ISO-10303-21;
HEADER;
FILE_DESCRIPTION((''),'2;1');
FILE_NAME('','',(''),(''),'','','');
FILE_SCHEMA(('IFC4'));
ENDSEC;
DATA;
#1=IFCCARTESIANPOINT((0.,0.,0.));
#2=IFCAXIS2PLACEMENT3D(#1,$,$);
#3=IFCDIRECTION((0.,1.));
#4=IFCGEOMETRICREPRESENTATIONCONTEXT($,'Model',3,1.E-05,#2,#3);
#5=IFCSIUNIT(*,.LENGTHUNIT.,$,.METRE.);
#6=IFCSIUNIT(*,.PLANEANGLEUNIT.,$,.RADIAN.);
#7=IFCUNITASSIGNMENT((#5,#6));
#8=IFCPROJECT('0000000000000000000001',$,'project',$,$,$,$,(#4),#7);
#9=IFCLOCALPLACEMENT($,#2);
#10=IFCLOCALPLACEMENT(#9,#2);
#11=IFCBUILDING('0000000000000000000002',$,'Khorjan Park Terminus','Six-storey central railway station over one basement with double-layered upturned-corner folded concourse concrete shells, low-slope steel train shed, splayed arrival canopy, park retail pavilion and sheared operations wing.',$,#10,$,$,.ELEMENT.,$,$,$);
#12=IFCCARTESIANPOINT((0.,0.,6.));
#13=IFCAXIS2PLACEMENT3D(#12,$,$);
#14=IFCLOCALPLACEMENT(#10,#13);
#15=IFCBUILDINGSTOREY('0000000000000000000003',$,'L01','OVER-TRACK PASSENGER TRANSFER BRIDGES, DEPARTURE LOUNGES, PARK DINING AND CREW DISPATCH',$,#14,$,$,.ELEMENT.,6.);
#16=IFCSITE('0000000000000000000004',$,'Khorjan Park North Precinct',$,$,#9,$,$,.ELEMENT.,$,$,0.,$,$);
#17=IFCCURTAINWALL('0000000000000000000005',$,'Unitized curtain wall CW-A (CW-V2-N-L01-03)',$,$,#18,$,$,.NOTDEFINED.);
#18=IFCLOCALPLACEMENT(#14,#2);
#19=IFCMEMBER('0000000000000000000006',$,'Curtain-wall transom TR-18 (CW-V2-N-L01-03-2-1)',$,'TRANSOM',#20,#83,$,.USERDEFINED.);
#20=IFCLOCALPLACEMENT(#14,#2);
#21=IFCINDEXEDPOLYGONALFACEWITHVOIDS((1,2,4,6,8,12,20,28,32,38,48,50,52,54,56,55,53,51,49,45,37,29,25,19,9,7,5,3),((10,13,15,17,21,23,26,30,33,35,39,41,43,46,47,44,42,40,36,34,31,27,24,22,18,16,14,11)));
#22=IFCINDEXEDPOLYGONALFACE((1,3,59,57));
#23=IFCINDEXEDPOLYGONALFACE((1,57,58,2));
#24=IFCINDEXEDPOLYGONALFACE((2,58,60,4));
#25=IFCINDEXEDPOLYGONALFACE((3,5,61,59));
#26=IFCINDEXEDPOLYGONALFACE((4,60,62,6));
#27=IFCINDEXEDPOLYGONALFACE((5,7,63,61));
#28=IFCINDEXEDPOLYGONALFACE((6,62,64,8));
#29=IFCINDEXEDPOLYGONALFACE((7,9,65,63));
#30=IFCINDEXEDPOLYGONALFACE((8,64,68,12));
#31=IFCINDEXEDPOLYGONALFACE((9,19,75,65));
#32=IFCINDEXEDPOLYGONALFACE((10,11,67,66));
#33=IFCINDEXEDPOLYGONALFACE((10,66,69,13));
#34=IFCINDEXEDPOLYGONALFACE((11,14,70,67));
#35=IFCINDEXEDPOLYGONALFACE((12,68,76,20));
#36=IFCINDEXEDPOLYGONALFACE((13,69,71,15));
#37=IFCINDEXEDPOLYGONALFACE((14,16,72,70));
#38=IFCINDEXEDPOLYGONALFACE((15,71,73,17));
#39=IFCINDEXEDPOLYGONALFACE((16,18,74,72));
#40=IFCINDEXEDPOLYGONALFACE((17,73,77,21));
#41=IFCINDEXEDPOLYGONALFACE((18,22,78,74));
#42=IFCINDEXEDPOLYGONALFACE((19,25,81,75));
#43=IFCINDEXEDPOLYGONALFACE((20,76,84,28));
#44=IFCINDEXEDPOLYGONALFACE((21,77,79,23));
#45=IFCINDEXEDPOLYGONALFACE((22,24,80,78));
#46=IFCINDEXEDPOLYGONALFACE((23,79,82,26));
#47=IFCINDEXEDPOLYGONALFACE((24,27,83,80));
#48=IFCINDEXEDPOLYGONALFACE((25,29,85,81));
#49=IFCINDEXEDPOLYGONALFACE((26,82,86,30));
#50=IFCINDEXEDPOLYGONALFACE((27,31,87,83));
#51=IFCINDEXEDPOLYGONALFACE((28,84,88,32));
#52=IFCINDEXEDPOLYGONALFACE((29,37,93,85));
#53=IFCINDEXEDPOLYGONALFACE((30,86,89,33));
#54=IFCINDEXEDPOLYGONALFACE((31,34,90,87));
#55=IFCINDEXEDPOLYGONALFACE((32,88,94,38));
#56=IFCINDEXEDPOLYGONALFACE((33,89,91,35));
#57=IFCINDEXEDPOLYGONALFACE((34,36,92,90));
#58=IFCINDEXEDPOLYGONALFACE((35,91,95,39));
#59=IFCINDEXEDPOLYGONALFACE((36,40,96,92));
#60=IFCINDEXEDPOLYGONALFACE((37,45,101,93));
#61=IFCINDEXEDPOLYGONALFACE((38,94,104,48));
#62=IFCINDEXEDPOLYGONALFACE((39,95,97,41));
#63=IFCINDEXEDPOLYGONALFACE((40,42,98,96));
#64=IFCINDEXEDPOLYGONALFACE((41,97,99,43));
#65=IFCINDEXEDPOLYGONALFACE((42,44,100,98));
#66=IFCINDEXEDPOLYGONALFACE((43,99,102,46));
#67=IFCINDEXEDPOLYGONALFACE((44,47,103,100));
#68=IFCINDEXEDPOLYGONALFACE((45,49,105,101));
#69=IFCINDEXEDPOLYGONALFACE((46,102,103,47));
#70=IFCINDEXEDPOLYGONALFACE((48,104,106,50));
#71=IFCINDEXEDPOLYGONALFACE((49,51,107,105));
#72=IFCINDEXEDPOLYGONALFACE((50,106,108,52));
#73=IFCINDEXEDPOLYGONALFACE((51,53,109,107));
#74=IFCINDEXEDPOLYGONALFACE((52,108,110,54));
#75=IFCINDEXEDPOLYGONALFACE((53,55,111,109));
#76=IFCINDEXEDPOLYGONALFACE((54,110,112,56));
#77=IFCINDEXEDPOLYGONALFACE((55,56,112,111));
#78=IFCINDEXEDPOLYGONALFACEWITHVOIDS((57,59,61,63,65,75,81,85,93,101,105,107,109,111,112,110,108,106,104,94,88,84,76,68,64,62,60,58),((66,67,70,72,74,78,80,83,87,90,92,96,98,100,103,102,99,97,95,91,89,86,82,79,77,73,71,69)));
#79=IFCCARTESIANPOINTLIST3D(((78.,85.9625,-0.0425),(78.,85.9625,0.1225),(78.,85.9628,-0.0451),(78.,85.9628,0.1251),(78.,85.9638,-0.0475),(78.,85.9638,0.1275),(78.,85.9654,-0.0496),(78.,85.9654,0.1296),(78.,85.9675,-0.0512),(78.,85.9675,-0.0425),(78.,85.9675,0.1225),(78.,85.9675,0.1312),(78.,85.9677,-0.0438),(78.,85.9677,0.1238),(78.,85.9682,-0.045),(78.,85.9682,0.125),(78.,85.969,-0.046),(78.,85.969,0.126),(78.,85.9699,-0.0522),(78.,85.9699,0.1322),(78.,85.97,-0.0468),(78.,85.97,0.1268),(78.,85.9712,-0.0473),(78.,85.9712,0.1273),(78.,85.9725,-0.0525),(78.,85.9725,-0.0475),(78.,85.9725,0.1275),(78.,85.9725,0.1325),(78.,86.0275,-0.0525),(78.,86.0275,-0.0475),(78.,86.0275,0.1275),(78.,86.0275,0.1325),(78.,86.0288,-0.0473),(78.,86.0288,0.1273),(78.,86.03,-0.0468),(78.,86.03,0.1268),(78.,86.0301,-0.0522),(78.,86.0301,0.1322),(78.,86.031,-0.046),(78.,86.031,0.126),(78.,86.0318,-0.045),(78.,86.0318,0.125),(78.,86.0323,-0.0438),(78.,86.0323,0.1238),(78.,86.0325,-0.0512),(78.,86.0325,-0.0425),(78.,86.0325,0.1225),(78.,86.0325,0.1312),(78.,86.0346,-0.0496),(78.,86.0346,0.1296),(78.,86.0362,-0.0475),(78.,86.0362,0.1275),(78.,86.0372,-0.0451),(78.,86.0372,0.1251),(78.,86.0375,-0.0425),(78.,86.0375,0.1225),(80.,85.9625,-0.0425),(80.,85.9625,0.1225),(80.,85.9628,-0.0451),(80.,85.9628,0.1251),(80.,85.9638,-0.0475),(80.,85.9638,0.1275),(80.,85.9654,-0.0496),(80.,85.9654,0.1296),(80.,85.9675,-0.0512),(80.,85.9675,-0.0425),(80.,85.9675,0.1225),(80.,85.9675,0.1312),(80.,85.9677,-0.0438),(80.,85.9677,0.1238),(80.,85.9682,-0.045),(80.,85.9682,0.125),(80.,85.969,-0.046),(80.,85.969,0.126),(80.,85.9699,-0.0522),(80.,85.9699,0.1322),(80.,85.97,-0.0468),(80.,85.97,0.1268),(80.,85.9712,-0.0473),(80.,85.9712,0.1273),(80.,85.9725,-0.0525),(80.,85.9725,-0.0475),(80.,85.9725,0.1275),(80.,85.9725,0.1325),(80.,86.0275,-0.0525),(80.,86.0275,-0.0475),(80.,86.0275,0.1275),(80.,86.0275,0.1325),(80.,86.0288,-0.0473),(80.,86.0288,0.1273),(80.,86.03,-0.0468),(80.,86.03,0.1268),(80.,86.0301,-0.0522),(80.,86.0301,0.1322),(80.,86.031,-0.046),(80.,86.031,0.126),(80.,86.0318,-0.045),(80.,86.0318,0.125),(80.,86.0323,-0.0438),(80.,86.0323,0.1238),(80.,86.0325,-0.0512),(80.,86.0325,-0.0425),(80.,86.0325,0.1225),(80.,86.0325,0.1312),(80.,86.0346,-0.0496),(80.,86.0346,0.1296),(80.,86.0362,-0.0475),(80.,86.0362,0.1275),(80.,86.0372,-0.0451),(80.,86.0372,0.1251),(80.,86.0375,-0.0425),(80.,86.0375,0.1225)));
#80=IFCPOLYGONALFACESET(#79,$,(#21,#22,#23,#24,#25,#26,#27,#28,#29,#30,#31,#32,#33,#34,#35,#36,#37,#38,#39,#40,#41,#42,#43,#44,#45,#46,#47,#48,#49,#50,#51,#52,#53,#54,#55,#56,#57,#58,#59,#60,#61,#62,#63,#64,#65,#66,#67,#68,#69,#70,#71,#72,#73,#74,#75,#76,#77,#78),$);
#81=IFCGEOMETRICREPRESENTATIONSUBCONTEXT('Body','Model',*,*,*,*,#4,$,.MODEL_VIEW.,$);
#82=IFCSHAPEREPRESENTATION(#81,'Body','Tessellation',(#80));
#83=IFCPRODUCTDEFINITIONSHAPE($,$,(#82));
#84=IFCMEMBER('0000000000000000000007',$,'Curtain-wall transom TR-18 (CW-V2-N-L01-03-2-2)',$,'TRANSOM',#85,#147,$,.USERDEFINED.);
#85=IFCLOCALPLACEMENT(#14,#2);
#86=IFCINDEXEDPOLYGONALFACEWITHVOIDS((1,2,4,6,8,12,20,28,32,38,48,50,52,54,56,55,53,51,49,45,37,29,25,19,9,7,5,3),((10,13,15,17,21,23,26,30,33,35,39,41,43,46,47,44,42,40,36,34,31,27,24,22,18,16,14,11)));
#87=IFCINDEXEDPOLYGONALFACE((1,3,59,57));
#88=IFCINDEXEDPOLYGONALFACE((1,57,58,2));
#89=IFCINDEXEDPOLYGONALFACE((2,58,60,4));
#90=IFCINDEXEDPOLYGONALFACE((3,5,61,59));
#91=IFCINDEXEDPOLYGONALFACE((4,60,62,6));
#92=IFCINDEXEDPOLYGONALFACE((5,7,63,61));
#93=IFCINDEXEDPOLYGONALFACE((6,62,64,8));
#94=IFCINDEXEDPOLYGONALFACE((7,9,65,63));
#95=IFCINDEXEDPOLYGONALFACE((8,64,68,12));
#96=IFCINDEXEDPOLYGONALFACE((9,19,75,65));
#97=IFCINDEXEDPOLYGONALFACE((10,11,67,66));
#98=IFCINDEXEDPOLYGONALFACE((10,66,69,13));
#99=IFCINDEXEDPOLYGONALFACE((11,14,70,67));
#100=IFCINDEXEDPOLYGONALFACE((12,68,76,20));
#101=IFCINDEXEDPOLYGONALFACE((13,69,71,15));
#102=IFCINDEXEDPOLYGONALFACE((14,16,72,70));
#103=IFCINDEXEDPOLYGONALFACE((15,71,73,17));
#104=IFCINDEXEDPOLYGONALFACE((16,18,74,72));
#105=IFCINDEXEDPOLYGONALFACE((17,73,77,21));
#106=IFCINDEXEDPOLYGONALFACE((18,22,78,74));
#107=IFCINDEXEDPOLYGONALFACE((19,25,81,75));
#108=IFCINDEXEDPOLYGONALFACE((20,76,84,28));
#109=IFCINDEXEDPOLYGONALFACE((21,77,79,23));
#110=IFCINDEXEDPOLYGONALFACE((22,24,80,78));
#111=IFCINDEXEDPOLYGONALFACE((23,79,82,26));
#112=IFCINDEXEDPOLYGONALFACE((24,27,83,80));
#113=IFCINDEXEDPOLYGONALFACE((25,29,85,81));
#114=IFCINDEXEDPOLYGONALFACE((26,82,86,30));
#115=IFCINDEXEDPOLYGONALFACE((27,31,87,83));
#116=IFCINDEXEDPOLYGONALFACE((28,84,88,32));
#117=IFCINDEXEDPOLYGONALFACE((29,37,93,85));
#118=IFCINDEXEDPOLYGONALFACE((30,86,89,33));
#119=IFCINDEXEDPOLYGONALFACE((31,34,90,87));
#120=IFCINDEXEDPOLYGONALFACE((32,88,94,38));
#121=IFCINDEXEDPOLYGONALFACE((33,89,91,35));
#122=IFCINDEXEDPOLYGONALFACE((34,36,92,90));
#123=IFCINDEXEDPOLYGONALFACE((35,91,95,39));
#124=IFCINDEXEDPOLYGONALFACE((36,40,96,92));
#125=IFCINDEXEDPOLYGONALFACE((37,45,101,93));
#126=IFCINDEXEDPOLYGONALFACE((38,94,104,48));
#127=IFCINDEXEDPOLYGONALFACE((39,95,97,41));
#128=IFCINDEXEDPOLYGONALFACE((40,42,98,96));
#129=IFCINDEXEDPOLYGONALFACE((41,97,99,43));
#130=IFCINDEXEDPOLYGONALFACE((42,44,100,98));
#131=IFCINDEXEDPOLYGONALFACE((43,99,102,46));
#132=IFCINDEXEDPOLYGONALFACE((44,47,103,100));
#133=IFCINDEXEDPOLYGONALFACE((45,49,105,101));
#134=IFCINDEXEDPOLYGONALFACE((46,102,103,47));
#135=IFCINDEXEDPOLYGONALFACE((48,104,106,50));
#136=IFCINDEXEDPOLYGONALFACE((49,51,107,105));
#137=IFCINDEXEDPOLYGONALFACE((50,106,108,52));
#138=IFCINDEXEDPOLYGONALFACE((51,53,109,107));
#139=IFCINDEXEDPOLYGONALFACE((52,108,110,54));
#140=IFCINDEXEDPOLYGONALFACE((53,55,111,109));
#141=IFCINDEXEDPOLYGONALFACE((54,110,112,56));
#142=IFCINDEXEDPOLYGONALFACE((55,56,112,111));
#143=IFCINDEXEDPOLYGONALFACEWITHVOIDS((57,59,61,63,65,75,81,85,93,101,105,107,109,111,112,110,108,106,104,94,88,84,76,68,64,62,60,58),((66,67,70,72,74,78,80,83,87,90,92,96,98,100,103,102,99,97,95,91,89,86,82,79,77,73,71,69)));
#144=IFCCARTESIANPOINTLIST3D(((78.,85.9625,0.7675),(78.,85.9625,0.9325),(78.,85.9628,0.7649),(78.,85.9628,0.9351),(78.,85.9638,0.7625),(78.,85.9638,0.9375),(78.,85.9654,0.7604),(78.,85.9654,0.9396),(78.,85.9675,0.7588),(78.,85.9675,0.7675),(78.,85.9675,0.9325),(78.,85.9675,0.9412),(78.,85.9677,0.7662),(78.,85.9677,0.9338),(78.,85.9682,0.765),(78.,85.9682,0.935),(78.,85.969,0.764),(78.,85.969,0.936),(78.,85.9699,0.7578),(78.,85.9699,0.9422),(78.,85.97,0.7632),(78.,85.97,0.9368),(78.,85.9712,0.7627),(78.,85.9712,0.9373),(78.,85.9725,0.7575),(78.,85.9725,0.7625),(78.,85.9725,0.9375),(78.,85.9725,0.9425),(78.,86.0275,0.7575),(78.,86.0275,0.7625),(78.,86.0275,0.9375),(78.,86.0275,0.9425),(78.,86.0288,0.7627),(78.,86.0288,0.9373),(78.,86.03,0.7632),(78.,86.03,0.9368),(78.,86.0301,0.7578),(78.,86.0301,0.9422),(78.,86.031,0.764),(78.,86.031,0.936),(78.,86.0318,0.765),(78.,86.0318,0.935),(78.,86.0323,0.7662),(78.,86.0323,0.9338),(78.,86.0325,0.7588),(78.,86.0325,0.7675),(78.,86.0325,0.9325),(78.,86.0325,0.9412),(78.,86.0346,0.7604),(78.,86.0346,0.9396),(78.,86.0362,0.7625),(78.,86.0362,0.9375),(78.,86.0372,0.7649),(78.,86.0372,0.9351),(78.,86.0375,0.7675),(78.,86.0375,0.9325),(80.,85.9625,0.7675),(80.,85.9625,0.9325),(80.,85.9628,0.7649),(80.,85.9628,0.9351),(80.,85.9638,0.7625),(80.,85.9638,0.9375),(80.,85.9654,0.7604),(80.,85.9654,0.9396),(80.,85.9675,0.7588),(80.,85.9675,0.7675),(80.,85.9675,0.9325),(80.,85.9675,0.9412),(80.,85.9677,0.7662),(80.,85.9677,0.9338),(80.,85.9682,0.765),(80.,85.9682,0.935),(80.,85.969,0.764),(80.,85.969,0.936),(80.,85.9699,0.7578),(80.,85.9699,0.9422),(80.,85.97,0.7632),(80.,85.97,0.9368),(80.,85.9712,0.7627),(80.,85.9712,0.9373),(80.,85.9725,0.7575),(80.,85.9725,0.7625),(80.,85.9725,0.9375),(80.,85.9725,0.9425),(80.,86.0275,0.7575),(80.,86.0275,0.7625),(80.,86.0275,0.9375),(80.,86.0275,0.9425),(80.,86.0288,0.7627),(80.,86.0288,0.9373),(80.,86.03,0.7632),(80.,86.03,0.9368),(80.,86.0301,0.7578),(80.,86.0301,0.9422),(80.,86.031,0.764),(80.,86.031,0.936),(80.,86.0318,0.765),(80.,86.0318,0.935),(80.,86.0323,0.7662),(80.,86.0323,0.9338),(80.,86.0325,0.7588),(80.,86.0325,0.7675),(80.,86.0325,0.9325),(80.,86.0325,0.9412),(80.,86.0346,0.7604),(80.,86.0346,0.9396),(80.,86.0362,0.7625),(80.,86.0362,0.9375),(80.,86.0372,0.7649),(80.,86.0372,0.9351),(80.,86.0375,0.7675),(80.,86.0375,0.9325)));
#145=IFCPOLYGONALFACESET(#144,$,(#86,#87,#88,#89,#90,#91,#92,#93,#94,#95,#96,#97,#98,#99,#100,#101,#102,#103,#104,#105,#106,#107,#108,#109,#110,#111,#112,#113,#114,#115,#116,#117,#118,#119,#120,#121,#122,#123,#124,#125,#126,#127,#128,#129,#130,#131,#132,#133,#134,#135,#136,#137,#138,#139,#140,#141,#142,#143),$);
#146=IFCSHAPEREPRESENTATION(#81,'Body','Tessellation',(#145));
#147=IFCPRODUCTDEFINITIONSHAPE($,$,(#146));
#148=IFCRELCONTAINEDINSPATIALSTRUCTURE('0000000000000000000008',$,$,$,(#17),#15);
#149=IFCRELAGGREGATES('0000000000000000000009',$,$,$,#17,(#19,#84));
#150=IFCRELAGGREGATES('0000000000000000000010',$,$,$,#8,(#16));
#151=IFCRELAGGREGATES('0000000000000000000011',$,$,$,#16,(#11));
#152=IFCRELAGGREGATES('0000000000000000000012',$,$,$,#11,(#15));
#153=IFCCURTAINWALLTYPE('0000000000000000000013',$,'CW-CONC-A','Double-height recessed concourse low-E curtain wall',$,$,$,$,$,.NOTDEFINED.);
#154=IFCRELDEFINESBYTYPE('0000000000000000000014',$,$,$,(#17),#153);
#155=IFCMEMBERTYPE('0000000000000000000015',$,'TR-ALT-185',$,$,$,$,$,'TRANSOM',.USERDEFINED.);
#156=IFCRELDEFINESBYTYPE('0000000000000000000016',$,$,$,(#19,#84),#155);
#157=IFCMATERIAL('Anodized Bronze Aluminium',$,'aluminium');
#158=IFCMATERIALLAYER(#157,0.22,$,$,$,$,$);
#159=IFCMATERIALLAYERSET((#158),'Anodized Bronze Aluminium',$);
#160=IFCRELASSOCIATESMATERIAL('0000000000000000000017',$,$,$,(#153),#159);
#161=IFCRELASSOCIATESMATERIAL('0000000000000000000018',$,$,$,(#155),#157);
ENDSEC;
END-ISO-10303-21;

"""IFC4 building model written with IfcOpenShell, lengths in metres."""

from ifc_helpers import new_model, si_unit, direction, frame, origin, origin_2d, place, context, subcontext, project, spatial, hollow_rectangle, extrude, material, layer, layer_set, material_profile, profile_set, type_object, element, aggregate, save


model = new_model("IFC4")

# Units and contexts
model_context = context("Model", 3, precision=1e-05, world=origin(), true_north=direction((0.0, 1.0)))
body_context = subcontext(model_context, "Body", "Model", "MODEL_VIEW")
ifc_project = project(units=[si_unit("LENGTHUNIT", "METRE"), si_unit("PLANEANGLEUNIT", "RADIAN")], contexts=[model_context])

# Site, building, storey
site_placement = place(None, origin())
site = spatial("IfcSite", under=ifc_project, at=site_placement, Name="Khorjan Park North Precinct", CompositionType="ELEMENT", RefElevation=0.0)
building_placement = place(site_placement, origin())
building = spatial("IfcBuilding", under=site, at=building_placement, Name="Khorjan Park Terminus", Description="Six-storey central railway station over one basement with double-layered upturned-corner folded concourse concrete shells, low-slope steel train shed, splayed arrival canopy, park retail pavilion and sheared operations wing.", CompositionType="ELEMENT")
storey_placement = place(building_placement, frame((0.0, 0.0, 6.0)))
storey = spatial("IfcBuildingStorey", under=building, at=storey_placement, Name="L01", Description="OVER-TRACK PASSENGER TRANSFER BRIDGES, DEPARTURE LOUNGES, PARK DINING AND CREW DISPATCH", CompositionType="ELEMENT", Elevation=6.0)

# Curtain wall
ifc_material_1 = material(Name="Anodized Bronze Aluminium", Category="aluminium")
ifc_layer_1 = layer(ifc_material_1, 0.22)
ifc_layer_set_1 = layer_set([ifc_layer_1], Name="Anodized Bronze Aluminium")
curtain_wall_type = type_object("IfcCurtainWallType", Name="CW-CONC-A", Description="Double-height recessed concourse low-E curtain wall", PredefinedType="NOTDEFINED", material=ifc_layer_set_1)
curtain_wall_1_placement = place(storey_placement, origin())
curtain_wall_1 = element("IfcCurtainWall", 1, at=curtain_wall_1_placement, inside=storey, type_object=curtain_wall_type, Name="Unitized curtain wall CW-A (CW-V2-N-L01-03)", PredefinedType="NOTDEFINED")

# Members
ifc_material_profile_1 = material_profile(ifc_material_1, hollow_rectangle(XDim=0.075, YDim=0.185, WallThickness=0.005, InnerFilletRadius=0.005, OuterFilletRadius=0.01, at=origin_2d()), Name="ALT 75x185x5")
ifc_profile_set_1 = profile_set([ifc_material_profile_1], Name="Anodized Bronze Aluminium")
member_type_1 = type_object("IfcMemberType", Name="TR-ALT-185", ElementType="TRANSOM", PredefinedType="USERDEFINED", material=ifc_profile_set_1)
member_1_placement = place(storey_placement, frame((80.0, 86.0, 0.04), z_axis=(-1.0, 0.0, 0.0), x_axis=(0.0, -1.0, 0.0)))
member_1 = element("IfcMember", 2, at=member_1_placement, type_object=member_type_1, Name="Curtain-wall transom TR-18 (CW-V2-N-L01-03-2-1)", ObjectType="TRANSOM", PredefinedType="USERDEFINED", context=body_context, shape_type="SweptSolid", body=[
    extrude(hollow_rectangle(XDim=0.075, YDim=0.185, WallThickness=0.005, InnerFilletRadius=0.005, OuterFilletRadius=0.01, at=origin_2d()), origin(), (0.0, 0.0, 1.0), 2.0),
])
member_2_placement = place(storey_placement, frame((80.0, 86.0, 0.85), z_axis=(-1.0, 0.0, 0.0), x_axis=(0.0, -1.0, 0.0)))
member_2 = element("IfcMember", 3, at=member_2_placement, type_object=member_type_1, Name="Curtain-wall transom TR-18 (CW-V2-N-L01-03-2-2)", ObjectType="TRANSOM", PredefinedType="USERDEFINED", context=body_context, shape_type="SweptSolid", body=[
    extrude(hollow_rectangle(XDim=0.075, YDim=0.185, WallThickness=0.005, InnerFilletRadius=0.005, OuterFilletRadius=0.01, at=origin_2d()), origin(), (0.0, 0.0, 1.0), 2.0),
])

aggregate(curtain_wall_1, [member_1, member_2])

save(model, "model.ifc")
